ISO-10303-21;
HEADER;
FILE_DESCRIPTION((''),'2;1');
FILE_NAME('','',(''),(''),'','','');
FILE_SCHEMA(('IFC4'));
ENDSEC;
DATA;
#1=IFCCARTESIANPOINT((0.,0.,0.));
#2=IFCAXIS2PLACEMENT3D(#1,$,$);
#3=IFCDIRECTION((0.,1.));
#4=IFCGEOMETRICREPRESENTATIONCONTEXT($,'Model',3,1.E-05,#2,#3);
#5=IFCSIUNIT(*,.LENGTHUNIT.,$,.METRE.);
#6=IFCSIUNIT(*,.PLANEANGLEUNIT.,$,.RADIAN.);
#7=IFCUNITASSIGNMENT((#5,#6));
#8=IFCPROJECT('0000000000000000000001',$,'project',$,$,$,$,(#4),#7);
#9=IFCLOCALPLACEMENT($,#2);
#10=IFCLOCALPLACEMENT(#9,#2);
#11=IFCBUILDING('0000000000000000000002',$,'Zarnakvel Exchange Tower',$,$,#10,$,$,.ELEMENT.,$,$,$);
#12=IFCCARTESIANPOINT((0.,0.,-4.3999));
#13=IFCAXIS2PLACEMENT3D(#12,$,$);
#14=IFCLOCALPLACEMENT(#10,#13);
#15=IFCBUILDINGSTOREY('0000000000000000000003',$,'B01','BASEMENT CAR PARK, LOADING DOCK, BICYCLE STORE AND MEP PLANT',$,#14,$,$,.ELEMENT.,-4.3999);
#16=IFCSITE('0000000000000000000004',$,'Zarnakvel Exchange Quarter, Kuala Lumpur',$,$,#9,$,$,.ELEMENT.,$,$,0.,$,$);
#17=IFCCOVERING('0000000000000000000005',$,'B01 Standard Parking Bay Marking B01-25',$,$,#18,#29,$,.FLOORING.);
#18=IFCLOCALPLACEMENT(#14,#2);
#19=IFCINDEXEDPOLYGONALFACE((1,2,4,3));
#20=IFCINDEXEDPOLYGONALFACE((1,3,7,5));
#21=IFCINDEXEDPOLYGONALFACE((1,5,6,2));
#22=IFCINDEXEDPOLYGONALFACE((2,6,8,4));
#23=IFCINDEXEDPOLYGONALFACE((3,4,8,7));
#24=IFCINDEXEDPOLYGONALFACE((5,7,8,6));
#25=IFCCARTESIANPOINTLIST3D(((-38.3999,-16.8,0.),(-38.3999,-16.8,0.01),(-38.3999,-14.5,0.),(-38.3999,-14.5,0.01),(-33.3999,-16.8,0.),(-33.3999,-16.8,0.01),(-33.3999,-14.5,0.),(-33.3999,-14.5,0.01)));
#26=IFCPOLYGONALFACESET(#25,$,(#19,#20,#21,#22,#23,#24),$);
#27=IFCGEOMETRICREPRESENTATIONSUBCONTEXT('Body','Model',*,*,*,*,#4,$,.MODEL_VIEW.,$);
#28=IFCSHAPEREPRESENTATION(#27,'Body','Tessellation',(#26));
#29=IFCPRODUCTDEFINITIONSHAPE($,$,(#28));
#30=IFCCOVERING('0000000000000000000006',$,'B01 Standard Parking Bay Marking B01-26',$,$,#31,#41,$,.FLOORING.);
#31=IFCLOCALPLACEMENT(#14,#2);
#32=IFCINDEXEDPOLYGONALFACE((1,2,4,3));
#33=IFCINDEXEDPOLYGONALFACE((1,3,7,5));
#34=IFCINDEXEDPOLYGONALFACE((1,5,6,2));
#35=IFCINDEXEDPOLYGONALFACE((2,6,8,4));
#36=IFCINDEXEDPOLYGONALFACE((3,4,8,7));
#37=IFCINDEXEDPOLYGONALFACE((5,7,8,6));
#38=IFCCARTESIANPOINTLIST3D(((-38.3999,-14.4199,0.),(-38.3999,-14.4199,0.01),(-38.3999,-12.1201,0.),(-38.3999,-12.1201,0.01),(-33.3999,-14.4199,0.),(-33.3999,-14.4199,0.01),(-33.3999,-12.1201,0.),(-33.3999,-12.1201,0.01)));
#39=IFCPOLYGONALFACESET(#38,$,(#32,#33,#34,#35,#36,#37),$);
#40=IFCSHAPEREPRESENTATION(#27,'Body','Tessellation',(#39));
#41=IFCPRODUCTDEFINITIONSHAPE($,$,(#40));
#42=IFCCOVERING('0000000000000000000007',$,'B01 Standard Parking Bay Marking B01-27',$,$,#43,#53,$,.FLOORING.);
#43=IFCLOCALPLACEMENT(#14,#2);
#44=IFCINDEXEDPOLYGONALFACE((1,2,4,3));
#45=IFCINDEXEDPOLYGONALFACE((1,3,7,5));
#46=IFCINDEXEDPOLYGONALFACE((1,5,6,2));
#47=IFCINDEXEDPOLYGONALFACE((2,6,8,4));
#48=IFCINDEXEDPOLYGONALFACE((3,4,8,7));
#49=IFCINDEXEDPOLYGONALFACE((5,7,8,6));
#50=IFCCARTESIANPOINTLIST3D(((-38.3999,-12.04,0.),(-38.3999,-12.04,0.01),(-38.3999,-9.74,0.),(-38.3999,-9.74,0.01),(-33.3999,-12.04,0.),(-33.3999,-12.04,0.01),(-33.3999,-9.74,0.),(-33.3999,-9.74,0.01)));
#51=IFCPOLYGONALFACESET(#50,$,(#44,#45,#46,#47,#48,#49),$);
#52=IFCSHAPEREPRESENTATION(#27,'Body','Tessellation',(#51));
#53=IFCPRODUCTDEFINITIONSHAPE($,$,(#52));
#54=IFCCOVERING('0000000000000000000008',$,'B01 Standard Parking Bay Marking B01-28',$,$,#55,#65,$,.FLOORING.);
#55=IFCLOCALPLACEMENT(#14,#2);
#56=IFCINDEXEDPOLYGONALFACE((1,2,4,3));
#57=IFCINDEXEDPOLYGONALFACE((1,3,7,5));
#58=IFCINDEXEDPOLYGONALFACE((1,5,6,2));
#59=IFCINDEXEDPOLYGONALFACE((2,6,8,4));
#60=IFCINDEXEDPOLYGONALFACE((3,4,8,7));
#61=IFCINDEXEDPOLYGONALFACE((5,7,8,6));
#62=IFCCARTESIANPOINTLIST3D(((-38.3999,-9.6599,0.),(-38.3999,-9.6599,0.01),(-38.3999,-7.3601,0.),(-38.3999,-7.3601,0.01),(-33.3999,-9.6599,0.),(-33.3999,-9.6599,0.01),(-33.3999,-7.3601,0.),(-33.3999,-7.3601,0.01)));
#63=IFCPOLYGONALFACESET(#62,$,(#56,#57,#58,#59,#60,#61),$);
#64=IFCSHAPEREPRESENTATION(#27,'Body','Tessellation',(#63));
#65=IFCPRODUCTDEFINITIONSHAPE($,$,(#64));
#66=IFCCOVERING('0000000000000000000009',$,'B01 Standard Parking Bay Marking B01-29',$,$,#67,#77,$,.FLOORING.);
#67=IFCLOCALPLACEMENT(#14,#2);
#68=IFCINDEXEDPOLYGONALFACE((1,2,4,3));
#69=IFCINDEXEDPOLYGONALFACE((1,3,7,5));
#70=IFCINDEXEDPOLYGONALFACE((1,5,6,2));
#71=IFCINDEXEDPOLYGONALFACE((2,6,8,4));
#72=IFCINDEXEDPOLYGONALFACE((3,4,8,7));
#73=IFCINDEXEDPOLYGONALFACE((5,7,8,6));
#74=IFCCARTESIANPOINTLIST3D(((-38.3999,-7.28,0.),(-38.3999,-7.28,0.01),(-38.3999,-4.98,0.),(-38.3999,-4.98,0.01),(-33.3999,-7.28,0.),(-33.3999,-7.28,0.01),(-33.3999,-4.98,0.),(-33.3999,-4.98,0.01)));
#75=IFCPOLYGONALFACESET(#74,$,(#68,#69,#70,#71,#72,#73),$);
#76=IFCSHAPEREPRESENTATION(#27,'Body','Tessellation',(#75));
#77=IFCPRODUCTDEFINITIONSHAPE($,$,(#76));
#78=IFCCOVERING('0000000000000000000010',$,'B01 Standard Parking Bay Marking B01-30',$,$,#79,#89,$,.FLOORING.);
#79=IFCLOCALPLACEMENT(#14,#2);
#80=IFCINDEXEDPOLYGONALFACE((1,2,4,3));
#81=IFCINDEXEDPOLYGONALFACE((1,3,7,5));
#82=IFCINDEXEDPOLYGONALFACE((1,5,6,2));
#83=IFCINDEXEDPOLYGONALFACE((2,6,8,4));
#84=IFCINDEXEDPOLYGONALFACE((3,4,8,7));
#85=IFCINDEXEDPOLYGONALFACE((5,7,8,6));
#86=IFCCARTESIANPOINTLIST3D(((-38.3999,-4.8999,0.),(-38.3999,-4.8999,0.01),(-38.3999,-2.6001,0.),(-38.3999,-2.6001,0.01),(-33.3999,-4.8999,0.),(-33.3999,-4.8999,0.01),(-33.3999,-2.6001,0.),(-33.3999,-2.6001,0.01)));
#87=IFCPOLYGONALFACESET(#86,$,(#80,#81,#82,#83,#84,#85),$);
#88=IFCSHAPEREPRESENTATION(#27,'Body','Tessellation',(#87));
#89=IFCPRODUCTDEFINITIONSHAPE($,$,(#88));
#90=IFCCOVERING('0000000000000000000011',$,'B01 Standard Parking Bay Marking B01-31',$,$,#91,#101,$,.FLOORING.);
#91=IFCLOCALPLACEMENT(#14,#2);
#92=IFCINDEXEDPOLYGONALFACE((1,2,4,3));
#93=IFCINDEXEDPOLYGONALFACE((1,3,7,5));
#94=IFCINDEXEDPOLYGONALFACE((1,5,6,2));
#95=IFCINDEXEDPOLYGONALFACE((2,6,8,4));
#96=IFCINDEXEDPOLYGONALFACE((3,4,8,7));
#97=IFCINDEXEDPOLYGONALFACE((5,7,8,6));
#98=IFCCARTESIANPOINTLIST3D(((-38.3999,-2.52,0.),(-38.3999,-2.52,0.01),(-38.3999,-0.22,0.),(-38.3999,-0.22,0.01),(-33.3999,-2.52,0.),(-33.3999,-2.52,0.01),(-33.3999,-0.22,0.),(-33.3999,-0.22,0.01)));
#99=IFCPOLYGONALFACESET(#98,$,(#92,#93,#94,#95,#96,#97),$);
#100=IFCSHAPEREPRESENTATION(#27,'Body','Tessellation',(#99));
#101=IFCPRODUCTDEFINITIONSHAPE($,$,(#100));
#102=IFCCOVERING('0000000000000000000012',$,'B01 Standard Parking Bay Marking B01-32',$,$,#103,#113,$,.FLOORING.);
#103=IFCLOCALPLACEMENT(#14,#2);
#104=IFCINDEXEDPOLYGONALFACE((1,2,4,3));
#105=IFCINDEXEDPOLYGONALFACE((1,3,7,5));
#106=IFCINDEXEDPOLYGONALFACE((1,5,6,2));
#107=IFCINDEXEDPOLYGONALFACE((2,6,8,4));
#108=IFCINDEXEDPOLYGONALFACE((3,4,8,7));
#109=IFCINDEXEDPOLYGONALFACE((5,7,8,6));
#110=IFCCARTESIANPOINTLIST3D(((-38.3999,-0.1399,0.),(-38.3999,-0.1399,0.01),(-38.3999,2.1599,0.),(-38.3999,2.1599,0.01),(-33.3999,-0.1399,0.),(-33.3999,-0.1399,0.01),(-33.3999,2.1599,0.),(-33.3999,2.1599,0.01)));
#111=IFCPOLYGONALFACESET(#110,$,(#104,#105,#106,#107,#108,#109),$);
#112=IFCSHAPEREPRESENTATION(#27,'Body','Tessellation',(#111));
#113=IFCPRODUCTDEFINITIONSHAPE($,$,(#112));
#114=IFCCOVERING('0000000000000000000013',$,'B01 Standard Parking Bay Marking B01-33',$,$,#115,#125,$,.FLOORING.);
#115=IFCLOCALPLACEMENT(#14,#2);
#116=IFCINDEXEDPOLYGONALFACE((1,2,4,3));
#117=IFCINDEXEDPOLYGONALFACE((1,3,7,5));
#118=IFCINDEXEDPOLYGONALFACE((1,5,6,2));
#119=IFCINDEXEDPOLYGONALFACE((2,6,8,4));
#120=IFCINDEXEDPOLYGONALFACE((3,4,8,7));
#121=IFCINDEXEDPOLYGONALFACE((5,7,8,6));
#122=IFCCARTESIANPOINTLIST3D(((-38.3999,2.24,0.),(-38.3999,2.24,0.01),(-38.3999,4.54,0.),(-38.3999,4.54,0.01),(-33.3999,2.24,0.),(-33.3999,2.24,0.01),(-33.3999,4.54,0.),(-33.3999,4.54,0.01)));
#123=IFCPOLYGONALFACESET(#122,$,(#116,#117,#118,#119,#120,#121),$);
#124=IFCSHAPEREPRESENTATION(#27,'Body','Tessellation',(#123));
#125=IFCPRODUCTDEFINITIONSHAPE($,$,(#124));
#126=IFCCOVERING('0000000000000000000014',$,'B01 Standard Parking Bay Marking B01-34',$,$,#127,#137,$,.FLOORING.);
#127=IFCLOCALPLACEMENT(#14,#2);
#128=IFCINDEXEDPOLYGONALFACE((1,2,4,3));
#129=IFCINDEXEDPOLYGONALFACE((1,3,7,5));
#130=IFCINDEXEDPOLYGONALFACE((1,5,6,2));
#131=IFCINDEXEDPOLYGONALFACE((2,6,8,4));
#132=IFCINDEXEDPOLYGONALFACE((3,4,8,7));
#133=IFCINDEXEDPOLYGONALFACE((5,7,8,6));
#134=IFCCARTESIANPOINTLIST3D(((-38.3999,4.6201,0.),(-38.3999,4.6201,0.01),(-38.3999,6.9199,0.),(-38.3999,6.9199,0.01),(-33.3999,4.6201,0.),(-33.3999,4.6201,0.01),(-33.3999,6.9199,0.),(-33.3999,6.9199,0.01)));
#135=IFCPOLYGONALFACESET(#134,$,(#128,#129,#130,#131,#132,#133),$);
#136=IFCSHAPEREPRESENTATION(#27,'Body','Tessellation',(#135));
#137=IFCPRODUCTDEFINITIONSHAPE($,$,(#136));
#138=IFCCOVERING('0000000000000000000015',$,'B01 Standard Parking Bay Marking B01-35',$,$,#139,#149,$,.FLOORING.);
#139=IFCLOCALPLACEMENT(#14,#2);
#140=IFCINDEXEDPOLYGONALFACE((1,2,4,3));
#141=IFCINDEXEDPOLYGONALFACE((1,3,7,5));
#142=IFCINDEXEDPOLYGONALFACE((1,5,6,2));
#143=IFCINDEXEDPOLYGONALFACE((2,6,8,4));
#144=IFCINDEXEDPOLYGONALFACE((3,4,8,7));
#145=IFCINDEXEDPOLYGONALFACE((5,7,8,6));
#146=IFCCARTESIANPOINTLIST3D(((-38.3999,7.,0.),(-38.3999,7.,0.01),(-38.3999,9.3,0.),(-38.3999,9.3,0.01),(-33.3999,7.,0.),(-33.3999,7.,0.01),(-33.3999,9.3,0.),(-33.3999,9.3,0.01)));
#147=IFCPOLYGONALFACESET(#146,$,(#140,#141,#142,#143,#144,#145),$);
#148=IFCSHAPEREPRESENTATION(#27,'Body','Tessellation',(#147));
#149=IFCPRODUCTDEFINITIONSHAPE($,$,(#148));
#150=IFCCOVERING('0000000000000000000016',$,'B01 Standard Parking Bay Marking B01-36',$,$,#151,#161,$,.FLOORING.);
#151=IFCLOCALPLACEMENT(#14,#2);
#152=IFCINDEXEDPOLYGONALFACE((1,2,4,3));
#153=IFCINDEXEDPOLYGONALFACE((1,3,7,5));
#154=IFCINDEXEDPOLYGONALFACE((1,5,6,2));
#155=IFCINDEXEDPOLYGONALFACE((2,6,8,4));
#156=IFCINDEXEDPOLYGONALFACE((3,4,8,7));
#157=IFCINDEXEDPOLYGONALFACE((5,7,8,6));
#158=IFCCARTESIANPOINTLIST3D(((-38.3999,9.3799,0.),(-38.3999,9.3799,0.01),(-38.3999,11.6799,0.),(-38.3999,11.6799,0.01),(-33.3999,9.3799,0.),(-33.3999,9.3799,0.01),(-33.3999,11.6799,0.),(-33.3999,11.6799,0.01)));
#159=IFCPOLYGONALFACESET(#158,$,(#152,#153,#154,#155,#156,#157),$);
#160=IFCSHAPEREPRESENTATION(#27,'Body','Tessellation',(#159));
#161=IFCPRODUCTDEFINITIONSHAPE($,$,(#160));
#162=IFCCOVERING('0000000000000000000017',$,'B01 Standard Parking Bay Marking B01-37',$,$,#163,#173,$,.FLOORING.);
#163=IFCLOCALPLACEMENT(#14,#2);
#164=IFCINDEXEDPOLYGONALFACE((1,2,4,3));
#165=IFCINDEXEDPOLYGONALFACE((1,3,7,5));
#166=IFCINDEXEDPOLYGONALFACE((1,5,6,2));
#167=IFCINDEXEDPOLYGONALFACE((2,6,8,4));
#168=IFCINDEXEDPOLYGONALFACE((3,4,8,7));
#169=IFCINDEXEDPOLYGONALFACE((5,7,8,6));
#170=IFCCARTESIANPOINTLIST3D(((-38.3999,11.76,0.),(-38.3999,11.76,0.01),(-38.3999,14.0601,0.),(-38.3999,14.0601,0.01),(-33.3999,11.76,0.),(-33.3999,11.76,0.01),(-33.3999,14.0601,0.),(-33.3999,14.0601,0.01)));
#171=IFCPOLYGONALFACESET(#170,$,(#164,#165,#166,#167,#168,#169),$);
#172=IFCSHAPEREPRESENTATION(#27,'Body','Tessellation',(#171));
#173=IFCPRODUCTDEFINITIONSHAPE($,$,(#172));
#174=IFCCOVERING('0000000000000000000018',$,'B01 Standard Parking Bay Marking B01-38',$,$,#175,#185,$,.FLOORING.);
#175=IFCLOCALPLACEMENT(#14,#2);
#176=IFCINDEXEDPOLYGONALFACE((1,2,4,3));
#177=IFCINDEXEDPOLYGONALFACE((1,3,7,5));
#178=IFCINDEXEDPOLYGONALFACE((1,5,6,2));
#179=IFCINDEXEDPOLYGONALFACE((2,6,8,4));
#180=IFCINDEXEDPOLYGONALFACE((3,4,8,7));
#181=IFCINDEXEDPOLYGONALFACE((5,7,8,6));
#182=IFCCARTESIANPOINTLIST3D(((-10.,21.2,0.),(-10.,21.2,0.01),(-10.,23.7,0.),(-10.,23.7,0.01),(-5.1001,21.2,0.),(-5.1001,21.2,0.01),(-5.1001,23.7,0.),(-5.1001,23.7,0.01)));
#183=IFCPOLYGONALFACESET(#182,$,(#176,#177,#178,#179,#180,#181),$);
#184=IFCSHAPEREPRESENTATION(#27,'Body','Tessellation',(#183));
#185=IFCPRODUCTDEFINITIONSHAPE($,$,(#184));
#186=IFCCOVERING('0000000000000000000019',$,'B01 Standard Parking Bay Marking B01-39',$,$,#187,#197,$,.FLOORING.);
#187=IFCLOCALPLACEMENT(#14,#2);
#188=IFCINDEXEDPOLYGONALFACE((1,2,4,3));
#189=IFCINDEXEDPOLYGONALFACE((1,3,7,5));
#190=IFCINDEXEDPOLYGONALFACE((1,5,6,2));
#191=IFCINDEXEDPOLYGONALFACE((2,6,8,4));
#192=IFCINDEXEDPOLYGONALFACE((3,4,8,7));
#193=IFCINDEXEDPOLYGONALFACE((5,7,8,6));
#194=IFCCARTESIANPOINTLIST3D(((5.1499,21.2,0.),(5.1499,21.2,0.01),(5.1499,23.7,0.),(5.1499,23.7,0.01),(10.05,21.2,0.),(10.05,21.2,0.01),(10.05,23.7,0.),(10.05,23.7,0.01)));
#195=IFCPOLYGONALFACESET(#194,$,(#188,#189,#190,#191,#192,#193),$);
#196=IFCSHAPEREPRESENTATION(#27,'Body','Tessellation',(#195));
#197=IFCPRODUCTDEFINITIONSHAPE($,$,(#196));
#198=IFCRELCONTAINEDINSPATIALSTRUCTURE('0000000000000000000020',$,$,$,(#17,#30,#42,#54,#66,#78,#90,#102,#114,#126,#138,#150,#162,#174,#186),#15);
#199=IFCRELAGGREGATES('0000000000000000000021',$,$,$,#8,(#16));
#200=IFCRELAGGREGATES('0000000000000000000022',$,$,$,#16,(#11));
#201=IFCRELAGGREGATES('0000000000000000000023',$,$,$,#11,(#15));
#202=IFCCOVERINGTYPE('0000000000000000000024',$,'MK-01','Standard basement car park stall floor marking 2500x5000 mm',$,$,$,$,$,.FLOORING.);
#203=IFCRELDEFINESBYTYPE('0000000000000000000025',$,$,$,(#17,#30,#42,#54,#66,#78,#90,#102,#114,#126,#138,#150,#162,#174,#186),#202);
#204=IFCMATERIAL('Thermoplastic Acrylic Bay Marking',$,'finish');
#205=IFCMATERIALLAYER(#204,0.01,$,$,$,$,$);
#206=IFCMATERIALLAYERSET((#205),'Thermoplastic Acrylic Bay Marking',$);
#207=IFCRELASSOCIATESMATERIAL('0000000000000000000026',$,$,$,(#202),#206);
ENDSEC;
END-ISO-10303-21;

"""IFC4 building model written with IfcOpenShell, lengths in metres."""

from ifc_helpers import new_model, si_unit, direction, frame, origin, place, context, subcontext, project, spatial, polyline, outline, extrude, material, layer, layer_set, type_object, element, save


model = new_model("IFC4")

# Units and contexts
model_context = context("Model", 3, precision=1e-05, world=origin(), true_north=direction((0.0, 1.0)))
body_context = subcontext(model_context, "Body", "Model", "MODEL_VIEW")
ifc_project = project(units=[si_unit("LENGTHUNIT", "METRE"), si_unit("PLANEANGLEUNIT", "RADIAN")], contexts=[model_context])

# Site, building, storey
site_placement = place(None, origin())
site = spatial("IfcSite", under=ifc_project, at=site_placement, Name="Zarnakvel Exchange Quarter, Kuala Lumpur", CompositionType="ELEMENT", RefElevation=0.0)
building_placement = place(site_placement, origin())
building = spatial("IfcBuilding", under=site, at=building_placement, Name="Zarnakvel Exchange Tower", CompositionType="ELEMENT")
storey_placement = place(building_placement, frame((0.0, 0.0, -4.3999)))
storey = spatial("IfcBuildingStorey", under=building, at=storey_placement, Name="B01", Description="BASEMENT CAR PARK, LOADING DOCK, BICYCLE STORE AND MEP PLANT", CompositionType="ELEMENT", Elevation=-4.3999)

# Coverings
ifc_material = material(Name="Thermoplastic Acrylic Bay Marking", Category="finish")
ifc_layer = layer(ifc_material, 0.01)
ifc_layer_set = layer_set([ifc_layer], Name="Thermoplastic Acrylic Bay Marking")
covering_type = type_object("IfcCoveringType", Name="MK-01", Description="Standard basement car park stall floor marking 2500x5000 mm", PredefinedType="FLOORING", material=ifc_layer_set)
covering_1_placement = place(storey_placement, origin())
element("IfcCovering", 1, at=covering_1_placement, inside=storey, type_object=covering_type, Name="B01 Standard Parking Bay Marking B01-25", PredefinedType="FLOORING", context=body_context, shape_type="SweptSolid", body=[
    extrude(outline(polyline([(-38.3999, -16.8), (-33.3999, -16.8), (-33.3999, -14.5), (-38.3999, -14.5), (-38.3999, -16.8)])), origin(), (0.0, 0.0, 1.0), 0.01),
])
covering_2_placement = place(storey_placement, origin())
element("IfcCovering", 2, at=covering_2_placement, inside=storey, type_object=covering_type, Name="B01 Standard Parking Bay Marking B01-26", PredefinedType="FLOORING", context=body_context, shape_type="SweptSolid", body=[
    extrude(outline(polyline([(-38.3999, -14.4199), (-33.3999, -14.4199), (-33.3999, -12.1201), (-38.3999, -12.1201), (-38.3999, -14.4199)])), origin(), (0.0, 0.0, 1.0), 0.01),
])
covering_3_placement = place(storey_placement, origin())
element("IfcCovering", 3, at=covering_3_placement, inside=storey, type_object=covering_type, Name="B01 Standard Parking Bay Marking B01-27", PredefinedType="FLOORING", context=body_context, shape_type="SweptSolid", body=[
    extrude(outline(polyline([(-38.3999, -12.04), (-33.3999, -12.04), (-33.3999, -9.74), (-38.3999, -9.74), (-38.3999, -12.04)])), origin(), (0.0, 0.0, 1.0), 0.01),
])
covering_4_placement = place(storey_placement, origin())
element("IfcCovering", 4, at=covering_4_placement, inside=storey, type_object=covering_type, Name="B01 Standard Parking Bay Marking B01-28", PredefinedType="FLOORING", context=body_context, shape_type="SweptSolid", body=[
    extrude(outline(polyline([(-38.3999, -9.6599), (-33.3999, -9.6599), (-33.3999, -7.3601), (-38.3999, -7.3601), (-38.3999, -9.6599)])), origin(), (0.0, 0.0, 1.0), 0.01),
])
covering_5_placement = place(storey_placement, origin())
element("IfcCovering", 5, at=covering_5_placement, inside=storey, type_object=covering_type, Name="B01 Standard Parking Bay Marking B01-29", PredefinedType="FLOORING", context=body_context, shape_type="SweptSolid", body=[
    extrude(outline(polyline([(-38.3999, -7.28), (-33.3999, -7.28), (-33.3999, -4.98), (-38.3999, -4.98), (-38.3999, -7.28)])), origin(), (0.0, 0.0, 1.0), 0.01),
])
covering_6_placement = place(storey_placement, origin())
element("IfcCovering", 6, at=covering_6_placement, inside=storey, type_object=covering_type, Name="B01 Standard Parking Bay Marking B01-30", PredefinedType="FLOORING", context=body_context, shape_type="SweptSolid", body=[
    extrude(outline(polyline([(-38.3999, -4.8999), (-33.3999, -4.8999), (-33.3999, -2.6001), (-38.3999, -2.6001), (-38.3999, -4.8999)])), origin(), (0.0, 0.0, 1.0), 0.01),
])
covering_7_placement = place(storey_placement, origin())
element("IfcCovering", 7, at=covering_7_placement, inside=storey, type_object=covering_type, Name="B01 Standard Parking Bay Marking B01-31", PredefinedType="FLOORING", context=body_context, shape_type="SweptSolid", body=[
    extrude(outline(polyline([(-38.3999, -2.52), (-33.3999, -2.52), (-33.3999, -0.22), (-38.3999, -0.22), (-38.3999, -2.52)])), origin(), (0.0, 0.0, 1.0), 0.01),
])
covering_8_placement = place(storey_placement, origin())
element("IfcCovering", 8, at=covering_8_placement, inside=storey, type_object=covering_type, Name="B01 Standard Parking Bay Marking B01-32", PredefinedType="FLOORING", context=body_context, shape_type="SweptSolid", body=[
    extrude(outline(polyline([(-38.3999, -0.1399), (-33.3999, -0.1399), (-33.3999, 2.1599), (-38.3999, 2.1599), (-38.3999, -0.1399)])), origin(), (0.0, 0.0, 1.0), 0.01),
])
covering_9_placement = place(storey_placement, origin())
element("IfcCovering", 9, at=covering_9_placement, inside=storey, type_object=covering_type, Name="B01 Standard Parking Bay Marking B01-33", PredefinedType="FLOORING", context=body_context, shape_type="SweptSolid", body=[
    extrude(outline(polyline([(-38.3999, 2.24), (-33.3999, 2.24), (-33.3999, 4.54), (-38.3999, 4.54), (-38.3999, 2.24)])), origin(), (0.0, 0.0, 1.0), 0.01),
])
covering_10_placement = place(storey_placement, origin())
element("IfcCovering", 10, at=covering_10_placement, inside=storey, type_object=covering_type, Name="B01 Standard Parking Bay Marking B01-34", PredefinedType="FLOORING", context=body_context, shape_type="SweptSolid", body=[
    extrude(outline(polyline([(-38.3999, 4.6201), (-33.3999, 4.6201), (-33.3999, 6.9199), (-38.3999, 6.9199), (-38.3999, 4.6201)])), origin(), (0.0, 0.0, 1.0), 0.01),
])
covering_11_placement = place(storey_placement, origin())
element("IfcCovering", 11, at=covering_11_placement, inside=storey, type_object=covering_type, Name="B01 Standard Parking Bay Marking B01-35", PredefinedType="FLOORING", context=body_context, shape_type="SweptSolid", body=[
    extrude(outline(polyline([(-38.3999, 7.0), (-33.3999, 7.0), (-33.3999, 9.3), (-38.3999, 9.3), (-38.3999, 7.0)])), origin(), (0.0, 0.0, 1.0), 0.01),
])
covering_12_placement = place(storey_placement, origin())
element("IfcCovering", 12, at=covering_12_placement, inside=storey, type_object=covering_type, Name="B01 Standard Parking Bay Marking B01-36", PredefinedType="FLOORING", context=body_context, shape_type="SweptSolid", body=[
    extrude(outline(polyline([(-38.3999, 9.3799), (-33.3999, 9.3799), (-33.3999, 11.6799), (-38.3999, 11.6799), (-38.3999, 9.3799)])), origin(), (0.0, 0.0, 1.0), 0.01),
])
covering_13_placement = place(storey_placement, origin())
element("IfcCovering", 13, at=covering_13_placement, inside=storey, type_object=covering_type, Name="B01 Standard Parking Bay Marking B01-37", PredefinedType="FLOORING", context=body_context, shape_type="SweptSolid", body=[
    extrude(outline(polyline([(-38.3999, 11.76), (-33.3999, 11.76), (-33.3999, 14.0601), (-38.3999, 14.0601), (-38.3999, 11.76)])), origin(), (0.0, 0.0, 1.0), 0.01),
])
covering_14_placement = place(storey_placement, origin())
element("IfcCovering", 14, at=covering_14_placement, inside=storey, type_object=covering_type, Name="B01 Standard Parking Bay Marking B01-38", PredefinedType="FLOORING", context=body_context, shape_type="SweptSolid", body=[
    extrude(outline(polyline([(-10.0, 21.2), (-5.1001, 21.2), (-5.1001, 23.7), (-10.0, 23.7), (-10.0, 21.2)])), origin(), (0.0, 0.0, 1.0), 0.01),
])
covering_15_placement = place(storey_placement, origin())
element("IfcCovering", 15, at=covering_15_placement, inside=storey, type_object=covering_type, Name="B01 Standard Parking Bay Marking B01-39", PredefinedType="FLOORING", context=body_context, shape_type="SweptSolid", body=[
    extrude(outline(polyline([(5.1499, 21.2), (10.05, 21.2), (10.05, 23.7), (5.1499, 23.7), (5.1499, 21.2)])), origin(), (0.0, 0.0, 1.0), 0.01),
])

save(model, "model.ifc")
